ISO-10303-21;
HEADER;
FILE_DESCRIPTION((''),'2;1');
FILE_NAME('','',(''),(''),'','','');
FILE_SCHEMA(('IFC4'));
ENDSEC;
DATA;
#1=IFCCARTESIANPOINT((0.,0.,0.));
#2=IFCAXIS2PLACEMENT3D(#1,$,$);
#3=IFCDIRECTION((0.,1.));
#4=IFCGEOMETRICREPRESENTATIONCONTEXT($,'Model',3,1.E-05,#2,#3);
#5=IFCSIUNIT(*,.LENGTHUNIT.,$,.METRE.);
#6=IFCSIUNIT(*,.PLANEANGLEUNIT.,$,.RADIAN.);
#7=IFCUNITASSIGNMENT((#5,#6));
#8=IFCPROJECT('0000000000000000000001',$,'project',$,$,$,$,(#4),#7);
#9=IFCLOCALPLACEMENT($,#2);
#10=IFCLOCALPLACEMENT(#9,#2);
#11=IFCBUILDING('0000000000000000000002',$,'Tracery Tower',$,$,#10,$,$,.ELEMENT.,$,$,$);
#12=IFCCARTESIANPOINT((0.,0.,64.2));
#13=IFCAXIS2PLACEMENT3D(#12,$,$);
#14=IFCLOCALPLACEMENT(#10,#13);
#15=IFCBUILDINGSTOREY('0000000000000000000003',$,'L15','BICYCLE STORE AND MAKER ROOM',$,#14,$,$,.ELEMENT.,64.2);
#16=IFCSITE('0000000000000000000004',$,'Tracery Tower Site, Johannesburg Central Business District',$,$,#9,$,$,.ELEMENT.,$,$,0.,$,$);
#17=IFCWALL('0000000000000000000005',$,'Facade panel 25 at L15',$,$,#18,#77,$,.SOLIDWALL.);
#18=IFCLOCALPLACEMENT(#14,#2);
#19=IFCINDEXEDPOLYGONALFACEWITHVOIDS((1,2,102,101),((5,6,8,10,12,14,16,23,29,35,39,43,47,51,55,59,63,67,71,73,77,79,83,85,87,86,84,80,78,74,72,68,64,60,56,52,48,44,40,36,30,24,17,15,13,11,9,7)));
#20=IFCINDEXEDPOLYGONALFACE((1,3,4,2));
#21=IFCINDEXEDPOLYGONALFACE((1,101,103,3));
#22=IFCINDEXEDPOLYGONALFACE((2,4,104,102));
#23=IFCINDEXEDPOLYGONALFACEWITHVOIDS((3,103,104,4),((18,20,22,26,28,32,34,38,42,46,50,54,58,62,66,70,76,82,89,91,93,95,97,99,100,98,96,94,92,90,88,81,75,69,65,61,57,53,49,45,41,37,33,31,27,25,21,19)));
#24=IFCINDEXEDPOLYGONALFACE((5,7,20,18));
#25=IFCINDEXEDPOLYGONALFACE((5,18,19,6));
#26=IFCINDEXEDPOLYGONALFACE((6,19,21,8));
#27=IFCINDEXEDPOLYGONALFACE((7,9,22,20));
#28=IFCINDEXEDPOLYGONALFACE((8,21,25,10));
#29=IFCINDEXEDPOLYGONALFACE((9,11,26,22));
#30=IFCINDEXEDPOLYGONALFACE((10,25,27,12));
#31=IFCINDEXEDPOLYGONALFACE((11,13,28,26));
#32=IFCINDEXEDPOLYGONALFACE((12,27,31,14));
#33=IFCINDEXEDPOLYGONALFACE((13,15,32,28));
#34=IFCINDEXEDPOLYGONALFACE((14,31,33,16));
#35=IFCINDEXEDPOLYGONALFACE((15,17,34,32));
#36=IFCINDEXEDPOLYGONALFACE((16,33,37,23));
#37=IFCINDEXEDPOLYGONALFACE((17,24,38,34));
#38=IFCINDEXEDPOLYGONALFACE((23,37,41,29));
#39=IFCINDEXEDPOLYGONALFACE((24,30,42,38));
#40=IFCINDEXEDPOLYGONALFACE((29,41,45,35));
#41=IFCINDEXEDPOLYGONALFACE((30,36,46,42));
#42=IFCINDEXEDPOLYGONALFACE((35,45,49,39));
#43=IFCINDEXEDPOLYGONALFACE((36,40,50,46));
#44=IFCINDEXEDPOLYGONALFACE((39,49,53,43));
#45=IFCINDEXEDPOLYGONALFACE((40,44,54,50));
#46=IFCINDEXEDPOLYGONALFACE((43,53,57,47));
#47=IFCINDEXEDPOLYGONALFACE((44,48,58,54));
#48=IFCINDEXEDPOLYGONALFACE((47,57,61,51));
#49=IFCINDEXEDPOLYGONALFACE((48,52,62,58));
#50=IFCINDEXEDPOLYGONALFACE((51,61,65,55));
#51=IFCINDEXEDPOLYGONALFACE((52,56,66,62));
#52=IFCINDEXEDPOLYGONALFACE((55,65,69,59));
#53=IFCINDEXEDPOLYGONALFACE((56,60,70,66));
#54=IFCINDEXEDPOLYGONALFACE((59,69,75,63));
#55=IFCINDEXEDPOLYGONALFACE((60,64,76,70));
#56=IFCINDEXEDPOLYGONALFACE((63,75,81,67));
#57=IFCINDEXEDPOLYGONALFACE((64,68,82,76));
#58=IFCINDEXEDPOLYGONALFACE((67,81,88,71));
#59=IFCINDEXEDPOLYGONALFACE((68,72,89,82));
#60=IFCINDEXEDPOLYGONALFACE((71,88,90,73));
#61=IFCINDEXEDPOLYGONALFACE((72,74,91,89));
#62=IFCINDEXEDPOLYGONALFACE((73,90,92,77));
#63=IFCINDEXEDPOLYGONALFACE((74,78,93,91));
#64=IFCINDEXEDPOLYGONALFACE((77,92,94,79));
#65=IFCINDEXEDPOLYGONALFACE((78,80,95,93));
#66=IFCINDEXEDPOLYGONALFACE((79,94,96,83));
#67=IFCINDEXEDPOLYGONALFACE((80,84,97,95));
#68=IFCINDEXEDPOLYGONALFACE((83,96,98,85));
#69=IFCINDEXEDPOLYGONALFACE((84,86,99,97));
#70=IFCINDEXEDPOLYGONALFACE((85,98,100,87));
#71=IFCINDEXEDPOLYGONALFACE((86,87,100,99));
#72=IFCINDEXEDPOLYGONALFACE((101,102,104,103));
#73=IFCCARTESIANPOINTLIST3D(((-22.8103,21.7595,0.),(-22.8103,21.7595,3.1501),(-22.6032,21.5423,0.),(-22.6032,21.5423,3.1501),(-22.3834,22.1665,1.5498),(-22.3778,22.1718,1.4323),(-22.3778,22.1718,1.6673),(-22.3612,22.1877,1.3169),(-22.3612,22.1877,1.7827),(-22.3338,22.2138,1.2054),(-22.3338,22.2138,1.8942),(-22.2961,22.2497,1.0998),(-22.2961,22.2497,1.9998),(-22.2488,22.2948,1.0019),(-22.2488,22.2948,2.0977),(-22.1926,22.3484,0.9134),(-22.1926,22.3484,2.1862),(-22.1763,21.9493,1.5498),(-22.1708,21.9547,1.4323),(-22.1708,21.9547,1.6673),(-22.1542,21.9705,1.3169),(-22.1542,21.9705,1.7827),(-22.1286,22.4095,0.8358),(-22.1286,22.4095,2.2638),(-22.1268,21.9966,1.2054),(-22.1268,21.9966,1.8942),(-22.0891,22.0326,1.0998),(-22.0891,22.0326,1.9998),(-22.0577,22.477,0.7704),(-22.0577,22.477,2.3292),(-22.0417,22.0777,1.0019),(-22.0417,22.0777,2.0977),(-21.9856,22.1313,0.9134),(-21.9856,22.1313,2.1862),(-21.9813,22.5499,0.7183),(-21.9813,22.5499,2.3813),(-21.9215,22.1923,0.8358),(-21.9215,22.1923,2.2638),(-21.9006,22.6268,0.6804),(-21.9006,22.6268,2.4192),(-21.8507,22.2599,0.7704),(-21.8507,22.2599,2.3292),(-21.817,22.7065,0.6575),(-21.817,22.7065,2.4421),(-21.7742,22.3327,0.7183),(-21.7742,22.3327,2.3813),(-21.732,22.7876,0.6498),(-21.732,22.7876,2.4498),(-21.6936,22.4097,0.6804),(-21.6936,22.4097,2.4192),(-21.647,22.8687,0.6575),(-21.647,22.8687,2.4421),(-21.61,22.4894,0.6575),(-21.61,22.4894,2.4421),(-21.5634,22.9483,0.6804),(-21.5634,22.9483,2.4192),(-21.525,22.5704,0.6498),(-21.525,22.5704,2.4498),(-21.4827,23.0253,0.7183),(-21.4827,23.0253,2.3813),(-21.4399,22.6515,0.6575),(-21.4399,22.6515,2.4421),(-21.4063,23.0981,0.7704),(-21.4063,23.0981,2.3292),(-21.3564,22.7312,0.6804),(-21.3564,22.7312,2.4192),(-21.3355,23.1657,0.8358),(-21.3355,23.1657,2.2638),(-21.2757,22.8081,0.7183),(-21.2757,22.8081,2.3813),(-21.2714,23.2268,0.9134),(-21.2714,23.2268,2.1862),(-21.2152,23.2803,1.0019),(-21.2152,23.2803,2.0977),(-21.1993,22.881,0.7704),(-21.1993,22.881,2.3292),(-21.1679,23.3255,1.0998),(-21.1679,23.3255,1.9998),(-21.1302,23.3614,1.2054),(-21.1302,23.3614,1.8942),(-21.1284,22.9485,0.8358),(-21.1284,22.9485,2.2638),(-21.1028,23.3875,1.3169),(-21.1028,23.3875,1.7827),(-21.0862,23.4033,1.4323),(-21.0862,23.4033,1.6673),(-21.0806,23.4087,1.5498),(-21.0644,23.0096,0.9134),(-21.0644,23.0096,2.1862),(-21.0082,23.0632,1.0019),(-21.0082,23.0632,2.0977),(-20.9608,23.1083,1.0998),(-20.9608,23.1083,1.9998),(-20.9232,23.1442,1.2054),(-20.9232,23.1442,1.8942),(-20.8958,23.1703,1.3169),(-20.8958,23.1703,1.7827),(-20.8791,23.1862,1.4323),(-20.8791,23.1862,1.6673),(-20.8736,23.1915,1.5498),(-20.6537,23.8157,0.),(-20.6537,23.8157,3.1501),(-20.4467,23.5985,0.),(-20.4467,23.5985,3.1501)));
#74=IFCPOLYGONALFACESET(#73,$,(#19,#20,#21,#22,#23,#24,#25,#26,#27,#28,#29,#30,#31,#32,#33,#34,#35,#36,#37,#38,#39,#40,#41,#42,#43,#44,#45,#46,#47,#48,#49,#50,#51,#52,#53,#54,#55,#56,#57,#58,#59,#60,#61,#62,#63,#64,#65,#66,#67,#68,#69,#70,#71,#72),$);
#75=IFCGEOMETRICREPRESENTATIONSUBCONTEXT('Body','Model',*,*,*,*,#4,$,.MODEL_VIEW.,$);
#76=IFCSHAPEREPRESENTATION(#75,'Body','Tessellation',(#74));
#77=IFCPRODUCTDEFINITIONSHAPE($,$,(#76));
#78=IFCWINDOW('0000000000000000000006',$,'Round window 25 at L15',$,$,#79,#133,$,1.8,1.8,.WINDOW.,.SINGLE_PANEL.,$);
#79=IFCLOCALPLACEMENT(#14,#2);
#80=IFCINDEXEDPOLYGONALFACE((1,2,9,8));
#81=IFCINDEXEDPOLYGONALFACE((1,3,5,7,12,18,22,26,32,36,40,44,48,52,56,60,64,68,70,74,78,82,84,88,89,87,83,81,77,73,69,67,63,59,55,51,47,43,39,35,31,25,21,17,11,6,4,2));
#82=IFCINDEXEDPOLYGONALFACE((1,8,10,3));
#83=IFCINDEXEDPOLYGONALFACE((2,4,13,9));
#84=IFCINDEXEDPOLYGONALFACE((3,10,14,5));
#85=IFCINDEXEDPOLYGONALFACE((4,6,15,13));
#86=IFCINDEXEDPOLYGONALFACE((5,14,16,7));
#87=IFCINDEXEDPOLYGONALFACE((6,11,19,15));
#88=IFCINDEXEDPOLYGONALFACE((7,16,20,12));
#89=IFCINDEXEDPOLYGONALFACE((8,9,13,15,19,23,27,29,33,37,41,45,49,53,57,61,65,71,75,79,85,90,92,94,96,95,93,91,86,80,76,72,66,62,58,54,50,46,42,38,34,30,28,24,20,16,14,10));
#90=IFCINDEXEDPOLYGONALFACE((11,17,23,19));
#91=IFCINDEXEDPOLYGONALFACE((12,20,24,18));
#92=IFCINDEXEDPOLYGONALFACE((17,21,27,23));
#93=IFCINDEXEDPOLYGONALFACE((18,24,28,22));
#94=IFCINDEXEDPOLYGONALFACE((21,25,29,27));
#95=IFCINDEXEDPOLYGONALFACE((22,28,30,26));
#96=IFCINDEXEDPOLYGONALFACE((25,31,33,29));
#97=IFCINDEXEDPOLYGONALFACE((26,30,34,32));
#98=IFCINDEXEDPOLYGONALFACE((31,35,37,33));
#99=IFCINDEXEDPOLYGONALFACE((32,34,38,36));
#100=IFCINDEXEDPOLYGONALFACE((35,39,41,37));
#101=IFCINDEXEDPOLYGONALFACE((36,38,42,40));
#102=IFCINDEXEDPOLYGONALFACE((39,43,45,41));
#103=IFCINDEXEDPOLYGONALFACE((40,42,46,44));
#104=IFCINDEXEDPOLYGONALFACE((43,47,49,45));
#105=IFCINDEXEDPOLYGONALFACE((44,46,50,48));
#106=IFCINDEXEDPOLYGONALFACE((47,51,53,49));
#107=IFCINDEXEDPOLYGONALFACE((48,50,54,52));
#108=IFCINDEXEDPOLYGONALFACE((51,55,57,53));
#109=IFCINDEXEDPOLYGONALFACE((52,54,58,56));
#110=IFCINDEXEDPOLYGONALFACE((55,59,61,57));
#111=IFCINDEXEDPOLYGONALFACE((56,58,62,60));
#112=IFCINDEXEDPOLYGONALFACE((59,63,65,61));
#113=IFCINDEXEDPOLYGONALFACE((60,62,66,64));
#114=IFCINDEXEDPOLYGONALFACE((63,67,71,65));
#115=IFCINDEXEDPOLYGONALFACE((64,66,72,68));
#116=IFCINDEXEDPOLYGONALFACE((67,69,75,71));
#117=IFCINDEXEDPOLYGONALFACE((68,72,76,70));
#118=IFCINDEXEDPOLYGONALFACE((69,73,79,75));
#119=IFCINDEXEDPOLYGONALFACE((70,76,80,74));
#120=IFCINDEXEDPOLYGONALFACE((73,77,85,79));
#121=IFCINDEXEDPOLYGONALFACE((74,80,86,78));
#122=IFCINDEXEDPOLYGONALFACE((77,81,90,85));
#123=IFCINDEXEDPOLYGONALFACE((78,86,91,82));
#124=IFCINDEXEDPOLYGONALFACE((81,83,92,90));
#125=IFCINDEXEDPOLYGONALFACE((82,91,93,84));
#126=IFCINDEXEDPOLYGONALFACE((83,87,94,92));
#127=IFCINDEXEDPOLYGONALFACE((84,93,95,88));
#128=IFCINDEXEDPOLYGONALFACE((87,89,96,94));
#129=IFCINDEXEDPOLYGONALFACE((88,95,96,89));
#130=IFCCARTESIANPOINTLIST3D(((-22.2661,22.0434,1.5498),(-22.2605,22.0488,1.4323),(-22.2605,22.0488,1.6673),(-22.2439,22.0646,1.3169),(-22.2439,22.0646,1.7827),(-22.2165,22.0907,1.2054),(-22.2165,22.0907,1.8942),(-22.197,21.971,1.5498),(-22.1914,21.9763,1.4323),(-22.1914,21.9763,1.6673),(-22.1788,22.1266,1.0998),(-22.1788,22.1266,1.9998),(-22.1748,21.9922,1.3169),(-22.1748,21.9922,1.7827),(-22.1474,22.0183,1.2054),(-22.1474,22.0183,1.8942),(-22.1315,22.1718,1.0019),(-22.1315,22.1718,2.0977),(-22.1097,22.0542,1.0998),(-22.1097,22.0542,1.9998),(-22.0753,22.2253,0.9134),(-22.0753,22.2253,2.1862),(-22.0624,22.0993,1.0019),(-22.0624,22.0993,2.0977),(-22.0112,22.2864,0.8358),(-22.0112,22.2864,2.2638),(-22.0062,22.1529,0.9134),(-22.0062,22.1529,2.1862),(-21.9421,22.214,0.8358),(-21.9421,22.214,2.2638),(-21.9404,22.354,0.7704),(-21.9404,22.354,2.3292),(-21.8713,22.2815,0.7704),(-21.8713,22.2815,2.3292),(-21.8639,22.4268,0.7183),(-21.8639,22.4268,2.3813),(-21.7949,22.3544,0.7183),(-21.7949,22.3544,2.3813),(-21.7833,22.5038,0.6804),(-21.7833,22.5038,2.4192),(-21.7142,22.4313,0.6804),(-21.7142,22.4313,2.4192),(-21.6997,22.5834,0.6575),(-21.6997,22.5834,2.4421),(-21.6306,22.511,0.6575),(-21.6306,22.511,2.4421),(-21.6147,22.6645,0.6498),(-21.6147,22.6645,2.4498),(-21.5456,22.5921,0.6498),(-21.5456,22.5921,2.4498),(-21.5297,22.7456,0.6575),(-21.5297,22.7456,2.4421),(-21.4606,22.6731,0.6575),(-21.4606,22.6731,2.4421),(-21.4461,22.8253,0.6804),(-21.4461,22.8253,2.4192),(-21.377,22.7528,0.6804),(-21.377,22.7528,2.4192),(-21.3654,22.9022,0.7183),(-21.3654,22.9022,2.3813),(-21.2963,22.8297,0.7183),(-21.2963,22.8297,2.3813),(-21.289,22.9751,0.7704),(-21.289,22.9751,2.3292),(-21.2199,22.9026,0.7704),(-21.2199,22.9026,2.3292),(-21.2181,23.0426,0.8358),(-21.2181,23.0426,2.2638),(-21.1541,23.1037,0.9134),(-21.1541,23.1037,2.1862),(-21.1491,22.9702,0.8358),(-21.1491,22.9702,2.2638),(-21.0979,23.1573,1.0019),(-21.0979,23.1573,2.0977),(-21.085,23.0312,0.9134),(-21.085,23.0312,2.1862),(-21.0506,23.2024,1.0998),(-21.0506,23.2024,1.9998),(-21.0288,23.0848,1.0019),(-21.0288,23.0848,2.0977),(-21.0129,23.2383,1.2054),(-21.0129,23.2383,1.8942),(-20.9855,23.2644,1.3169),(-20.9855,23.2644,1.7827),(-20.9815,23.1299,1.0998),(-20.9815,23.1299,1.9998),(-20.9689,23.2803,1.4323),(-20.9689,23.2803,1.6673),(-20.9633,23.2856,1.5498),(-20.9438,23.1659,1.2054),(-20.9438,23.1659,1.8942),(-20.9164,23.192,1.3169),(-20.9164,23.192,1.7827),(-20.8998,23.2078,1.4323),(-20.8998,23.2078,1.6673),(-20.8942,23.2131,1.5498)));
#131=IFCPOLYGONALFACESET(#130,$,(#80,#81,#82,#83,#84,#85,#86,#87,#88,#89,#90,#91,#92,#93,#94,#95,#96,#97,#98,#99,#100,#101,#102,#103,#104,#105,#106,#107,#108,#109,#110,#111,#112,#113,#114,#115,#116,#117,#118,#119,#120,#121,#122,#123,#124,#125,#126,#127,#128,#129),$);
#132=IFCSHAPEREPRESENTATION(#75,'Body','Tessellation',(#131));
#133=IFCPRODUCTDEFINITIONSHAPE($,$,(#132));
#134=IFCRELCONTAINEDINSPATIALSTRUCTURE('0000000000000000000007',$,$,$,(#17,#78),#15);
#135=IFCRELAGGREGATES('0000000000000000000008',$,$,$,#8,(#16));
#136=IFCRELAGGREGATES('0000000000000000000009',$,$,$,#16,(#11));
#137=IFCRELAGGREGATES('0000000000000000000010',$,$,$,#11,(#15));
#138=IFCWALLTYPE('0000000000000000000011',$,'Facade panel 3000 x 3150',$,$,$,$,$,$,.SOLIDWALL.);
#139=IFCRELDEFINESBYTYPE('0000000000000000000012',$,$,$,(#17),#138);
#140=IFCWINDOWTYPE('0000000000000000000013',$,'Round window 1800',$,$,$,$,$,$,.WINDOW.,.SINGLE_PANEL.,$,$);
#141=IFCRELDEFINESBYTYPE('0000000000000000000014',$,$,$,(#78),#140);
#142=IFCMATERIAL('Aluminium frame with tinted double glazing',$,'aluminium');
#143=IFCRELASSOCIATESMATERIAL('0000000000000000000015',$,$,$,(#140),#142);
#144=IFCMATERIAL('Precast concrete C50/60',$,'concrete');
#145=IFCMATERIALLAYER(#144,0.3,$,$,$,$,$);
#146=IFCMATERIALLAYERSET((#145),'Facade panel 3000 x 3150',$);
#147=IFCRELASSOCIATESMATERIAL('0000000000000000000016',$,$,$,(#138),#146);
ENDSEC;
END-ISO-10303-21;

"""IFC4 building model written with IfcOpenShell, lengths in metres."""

from ifc_helpers import new_model, si_unit, direction, frame, frame_2d, origin, origin_2d, place, context, subcontext, project, spatial, rectangle, circle, extrude, material, layer, layer_set, type_object, element, fill, save


model = new_model("IFC4")

# Units and contexts
model_context = context("Model", 3, precision=1e-05, world=origin(), true_north=direction((0.0, 1.0)))
body_context = subcontext(model_context, "Body", "Model", "MODEL_VIEW")
ifc_project = project(units=[si_unit("LENGTHUNIT", "METRE"), si_unit("PLANEANGLEUNIT", "RADIAN")], contexts=[model_context])

# Site, building, storey
site_placement = place(None, origin())
site = spatial("IfcSite", under=ifc_project, at=site_placement, Name="Tracery Tower Site, Johannesburg Central Business District", CompositionType="ELEMENT", RefElevation=0.0)
building_placement = place(site_placement, origin())
building = spatial("IfcBuilding", under=site, at=building_placement, Name="Tracery Tower", CompositionType="ELEMENT")
storey_placement = place(building_placement, frame((0.0, 0.0, 64.2)))
storey = spatial("IfcBuildingStorey", under=building, at=storey_placement, Name="L15", Description="BICYCLE STORE AND MAKER ROOM", CompositionType="ELEMENT", Elevation=64.2)

# Wall, opening, window
ifc_material_1 = material(Name="Aluminium frame with tinted double glazing", Category="aluminium")
window_type = type_object("IfcWindowType", Name="Round window 1800", PartitioningType="SINGLE_PANEL", PredefinedType="WINDOW", material=ifc_material_1)
ifc_material_2 = material(Name="Precast concrete C50/60", Category="concrete")
ifc_layer_1 = layer(ifc_material_2, 0.3)
ifc_layer_set_1 = layer_set([ifc_layer_1], Name="Facade panel 3000 x 3150")
wall_type_1 = type_object("IfcWallType", Name="Facade panel 3000 x 3150", PredefinedType="SOLIDWALL", material=ifc_layer_set_1)
wall_1_placement = place(storey_placement, frame((-20.5503, 23.707, 0.0), z_axis=(0.0, 0.0, 1.0), x_axis=(-0.723744, -0.690068, 0.0)))
wall_1 = element("IfcWall", 1, at=wall_1_placement, inside=storey, type_object=wall_type_1, Name="Facade panel 25 at L15", PredefinedType="SOLIDWALL", context=body_context, shape_type="SweptSolid", body=[
    extrude(rectangle(XDim=2.9797, YDim=0.3, at=frame_2d((1.4897, 0.0))), origin(), (0.0, 0.0, 1.0), 3.1501),
])
opening_1_placement = place(wall_1_placement, frame((1.4897, 0.0, 1.5498)))
opening_1 = element("IfcOpeningElement", 2, at=opening_1_placement, cuts=wall_1, PredefinedType="OPENING", context=body_context, shape_type="SweptSolid", body=[
    extrude(circle(Radius=0.9, at=origin_2d()), frame((0.0, 0.1599, 0.0), z_axis=(0.0, -1.0, 0.0), x_axis=(1.0, 0.0, 0.0)), (0.0, 0.0, 1.0), 0.3201),
])
window_1_placement = place(opening_1_placement, origin())
window_1 = element("IfcWindow", 3, at=window_1_placement, inside=storey, type_object=window_type, Name="Round window 25 at L15", OverallHeight=1.8, OverallWidth=1.8, PartitioningType="SINGLE_PANEL", PredefinedType="WINDOW", context=body_context, shape_type="SweptSolid", body=[
    extrude(circle(Radius=0.9, at=origin_2d()), frame((0.0, 0.1201, 0.0), z_axis=(0.0, -1.0, 0.0), x_axis=(1.0, 0.0, 0.0)), (0.0, 0.0, 1.0), 0.1001),
])
fill(opening_1, window_1)

save(model, "model.ifc")
